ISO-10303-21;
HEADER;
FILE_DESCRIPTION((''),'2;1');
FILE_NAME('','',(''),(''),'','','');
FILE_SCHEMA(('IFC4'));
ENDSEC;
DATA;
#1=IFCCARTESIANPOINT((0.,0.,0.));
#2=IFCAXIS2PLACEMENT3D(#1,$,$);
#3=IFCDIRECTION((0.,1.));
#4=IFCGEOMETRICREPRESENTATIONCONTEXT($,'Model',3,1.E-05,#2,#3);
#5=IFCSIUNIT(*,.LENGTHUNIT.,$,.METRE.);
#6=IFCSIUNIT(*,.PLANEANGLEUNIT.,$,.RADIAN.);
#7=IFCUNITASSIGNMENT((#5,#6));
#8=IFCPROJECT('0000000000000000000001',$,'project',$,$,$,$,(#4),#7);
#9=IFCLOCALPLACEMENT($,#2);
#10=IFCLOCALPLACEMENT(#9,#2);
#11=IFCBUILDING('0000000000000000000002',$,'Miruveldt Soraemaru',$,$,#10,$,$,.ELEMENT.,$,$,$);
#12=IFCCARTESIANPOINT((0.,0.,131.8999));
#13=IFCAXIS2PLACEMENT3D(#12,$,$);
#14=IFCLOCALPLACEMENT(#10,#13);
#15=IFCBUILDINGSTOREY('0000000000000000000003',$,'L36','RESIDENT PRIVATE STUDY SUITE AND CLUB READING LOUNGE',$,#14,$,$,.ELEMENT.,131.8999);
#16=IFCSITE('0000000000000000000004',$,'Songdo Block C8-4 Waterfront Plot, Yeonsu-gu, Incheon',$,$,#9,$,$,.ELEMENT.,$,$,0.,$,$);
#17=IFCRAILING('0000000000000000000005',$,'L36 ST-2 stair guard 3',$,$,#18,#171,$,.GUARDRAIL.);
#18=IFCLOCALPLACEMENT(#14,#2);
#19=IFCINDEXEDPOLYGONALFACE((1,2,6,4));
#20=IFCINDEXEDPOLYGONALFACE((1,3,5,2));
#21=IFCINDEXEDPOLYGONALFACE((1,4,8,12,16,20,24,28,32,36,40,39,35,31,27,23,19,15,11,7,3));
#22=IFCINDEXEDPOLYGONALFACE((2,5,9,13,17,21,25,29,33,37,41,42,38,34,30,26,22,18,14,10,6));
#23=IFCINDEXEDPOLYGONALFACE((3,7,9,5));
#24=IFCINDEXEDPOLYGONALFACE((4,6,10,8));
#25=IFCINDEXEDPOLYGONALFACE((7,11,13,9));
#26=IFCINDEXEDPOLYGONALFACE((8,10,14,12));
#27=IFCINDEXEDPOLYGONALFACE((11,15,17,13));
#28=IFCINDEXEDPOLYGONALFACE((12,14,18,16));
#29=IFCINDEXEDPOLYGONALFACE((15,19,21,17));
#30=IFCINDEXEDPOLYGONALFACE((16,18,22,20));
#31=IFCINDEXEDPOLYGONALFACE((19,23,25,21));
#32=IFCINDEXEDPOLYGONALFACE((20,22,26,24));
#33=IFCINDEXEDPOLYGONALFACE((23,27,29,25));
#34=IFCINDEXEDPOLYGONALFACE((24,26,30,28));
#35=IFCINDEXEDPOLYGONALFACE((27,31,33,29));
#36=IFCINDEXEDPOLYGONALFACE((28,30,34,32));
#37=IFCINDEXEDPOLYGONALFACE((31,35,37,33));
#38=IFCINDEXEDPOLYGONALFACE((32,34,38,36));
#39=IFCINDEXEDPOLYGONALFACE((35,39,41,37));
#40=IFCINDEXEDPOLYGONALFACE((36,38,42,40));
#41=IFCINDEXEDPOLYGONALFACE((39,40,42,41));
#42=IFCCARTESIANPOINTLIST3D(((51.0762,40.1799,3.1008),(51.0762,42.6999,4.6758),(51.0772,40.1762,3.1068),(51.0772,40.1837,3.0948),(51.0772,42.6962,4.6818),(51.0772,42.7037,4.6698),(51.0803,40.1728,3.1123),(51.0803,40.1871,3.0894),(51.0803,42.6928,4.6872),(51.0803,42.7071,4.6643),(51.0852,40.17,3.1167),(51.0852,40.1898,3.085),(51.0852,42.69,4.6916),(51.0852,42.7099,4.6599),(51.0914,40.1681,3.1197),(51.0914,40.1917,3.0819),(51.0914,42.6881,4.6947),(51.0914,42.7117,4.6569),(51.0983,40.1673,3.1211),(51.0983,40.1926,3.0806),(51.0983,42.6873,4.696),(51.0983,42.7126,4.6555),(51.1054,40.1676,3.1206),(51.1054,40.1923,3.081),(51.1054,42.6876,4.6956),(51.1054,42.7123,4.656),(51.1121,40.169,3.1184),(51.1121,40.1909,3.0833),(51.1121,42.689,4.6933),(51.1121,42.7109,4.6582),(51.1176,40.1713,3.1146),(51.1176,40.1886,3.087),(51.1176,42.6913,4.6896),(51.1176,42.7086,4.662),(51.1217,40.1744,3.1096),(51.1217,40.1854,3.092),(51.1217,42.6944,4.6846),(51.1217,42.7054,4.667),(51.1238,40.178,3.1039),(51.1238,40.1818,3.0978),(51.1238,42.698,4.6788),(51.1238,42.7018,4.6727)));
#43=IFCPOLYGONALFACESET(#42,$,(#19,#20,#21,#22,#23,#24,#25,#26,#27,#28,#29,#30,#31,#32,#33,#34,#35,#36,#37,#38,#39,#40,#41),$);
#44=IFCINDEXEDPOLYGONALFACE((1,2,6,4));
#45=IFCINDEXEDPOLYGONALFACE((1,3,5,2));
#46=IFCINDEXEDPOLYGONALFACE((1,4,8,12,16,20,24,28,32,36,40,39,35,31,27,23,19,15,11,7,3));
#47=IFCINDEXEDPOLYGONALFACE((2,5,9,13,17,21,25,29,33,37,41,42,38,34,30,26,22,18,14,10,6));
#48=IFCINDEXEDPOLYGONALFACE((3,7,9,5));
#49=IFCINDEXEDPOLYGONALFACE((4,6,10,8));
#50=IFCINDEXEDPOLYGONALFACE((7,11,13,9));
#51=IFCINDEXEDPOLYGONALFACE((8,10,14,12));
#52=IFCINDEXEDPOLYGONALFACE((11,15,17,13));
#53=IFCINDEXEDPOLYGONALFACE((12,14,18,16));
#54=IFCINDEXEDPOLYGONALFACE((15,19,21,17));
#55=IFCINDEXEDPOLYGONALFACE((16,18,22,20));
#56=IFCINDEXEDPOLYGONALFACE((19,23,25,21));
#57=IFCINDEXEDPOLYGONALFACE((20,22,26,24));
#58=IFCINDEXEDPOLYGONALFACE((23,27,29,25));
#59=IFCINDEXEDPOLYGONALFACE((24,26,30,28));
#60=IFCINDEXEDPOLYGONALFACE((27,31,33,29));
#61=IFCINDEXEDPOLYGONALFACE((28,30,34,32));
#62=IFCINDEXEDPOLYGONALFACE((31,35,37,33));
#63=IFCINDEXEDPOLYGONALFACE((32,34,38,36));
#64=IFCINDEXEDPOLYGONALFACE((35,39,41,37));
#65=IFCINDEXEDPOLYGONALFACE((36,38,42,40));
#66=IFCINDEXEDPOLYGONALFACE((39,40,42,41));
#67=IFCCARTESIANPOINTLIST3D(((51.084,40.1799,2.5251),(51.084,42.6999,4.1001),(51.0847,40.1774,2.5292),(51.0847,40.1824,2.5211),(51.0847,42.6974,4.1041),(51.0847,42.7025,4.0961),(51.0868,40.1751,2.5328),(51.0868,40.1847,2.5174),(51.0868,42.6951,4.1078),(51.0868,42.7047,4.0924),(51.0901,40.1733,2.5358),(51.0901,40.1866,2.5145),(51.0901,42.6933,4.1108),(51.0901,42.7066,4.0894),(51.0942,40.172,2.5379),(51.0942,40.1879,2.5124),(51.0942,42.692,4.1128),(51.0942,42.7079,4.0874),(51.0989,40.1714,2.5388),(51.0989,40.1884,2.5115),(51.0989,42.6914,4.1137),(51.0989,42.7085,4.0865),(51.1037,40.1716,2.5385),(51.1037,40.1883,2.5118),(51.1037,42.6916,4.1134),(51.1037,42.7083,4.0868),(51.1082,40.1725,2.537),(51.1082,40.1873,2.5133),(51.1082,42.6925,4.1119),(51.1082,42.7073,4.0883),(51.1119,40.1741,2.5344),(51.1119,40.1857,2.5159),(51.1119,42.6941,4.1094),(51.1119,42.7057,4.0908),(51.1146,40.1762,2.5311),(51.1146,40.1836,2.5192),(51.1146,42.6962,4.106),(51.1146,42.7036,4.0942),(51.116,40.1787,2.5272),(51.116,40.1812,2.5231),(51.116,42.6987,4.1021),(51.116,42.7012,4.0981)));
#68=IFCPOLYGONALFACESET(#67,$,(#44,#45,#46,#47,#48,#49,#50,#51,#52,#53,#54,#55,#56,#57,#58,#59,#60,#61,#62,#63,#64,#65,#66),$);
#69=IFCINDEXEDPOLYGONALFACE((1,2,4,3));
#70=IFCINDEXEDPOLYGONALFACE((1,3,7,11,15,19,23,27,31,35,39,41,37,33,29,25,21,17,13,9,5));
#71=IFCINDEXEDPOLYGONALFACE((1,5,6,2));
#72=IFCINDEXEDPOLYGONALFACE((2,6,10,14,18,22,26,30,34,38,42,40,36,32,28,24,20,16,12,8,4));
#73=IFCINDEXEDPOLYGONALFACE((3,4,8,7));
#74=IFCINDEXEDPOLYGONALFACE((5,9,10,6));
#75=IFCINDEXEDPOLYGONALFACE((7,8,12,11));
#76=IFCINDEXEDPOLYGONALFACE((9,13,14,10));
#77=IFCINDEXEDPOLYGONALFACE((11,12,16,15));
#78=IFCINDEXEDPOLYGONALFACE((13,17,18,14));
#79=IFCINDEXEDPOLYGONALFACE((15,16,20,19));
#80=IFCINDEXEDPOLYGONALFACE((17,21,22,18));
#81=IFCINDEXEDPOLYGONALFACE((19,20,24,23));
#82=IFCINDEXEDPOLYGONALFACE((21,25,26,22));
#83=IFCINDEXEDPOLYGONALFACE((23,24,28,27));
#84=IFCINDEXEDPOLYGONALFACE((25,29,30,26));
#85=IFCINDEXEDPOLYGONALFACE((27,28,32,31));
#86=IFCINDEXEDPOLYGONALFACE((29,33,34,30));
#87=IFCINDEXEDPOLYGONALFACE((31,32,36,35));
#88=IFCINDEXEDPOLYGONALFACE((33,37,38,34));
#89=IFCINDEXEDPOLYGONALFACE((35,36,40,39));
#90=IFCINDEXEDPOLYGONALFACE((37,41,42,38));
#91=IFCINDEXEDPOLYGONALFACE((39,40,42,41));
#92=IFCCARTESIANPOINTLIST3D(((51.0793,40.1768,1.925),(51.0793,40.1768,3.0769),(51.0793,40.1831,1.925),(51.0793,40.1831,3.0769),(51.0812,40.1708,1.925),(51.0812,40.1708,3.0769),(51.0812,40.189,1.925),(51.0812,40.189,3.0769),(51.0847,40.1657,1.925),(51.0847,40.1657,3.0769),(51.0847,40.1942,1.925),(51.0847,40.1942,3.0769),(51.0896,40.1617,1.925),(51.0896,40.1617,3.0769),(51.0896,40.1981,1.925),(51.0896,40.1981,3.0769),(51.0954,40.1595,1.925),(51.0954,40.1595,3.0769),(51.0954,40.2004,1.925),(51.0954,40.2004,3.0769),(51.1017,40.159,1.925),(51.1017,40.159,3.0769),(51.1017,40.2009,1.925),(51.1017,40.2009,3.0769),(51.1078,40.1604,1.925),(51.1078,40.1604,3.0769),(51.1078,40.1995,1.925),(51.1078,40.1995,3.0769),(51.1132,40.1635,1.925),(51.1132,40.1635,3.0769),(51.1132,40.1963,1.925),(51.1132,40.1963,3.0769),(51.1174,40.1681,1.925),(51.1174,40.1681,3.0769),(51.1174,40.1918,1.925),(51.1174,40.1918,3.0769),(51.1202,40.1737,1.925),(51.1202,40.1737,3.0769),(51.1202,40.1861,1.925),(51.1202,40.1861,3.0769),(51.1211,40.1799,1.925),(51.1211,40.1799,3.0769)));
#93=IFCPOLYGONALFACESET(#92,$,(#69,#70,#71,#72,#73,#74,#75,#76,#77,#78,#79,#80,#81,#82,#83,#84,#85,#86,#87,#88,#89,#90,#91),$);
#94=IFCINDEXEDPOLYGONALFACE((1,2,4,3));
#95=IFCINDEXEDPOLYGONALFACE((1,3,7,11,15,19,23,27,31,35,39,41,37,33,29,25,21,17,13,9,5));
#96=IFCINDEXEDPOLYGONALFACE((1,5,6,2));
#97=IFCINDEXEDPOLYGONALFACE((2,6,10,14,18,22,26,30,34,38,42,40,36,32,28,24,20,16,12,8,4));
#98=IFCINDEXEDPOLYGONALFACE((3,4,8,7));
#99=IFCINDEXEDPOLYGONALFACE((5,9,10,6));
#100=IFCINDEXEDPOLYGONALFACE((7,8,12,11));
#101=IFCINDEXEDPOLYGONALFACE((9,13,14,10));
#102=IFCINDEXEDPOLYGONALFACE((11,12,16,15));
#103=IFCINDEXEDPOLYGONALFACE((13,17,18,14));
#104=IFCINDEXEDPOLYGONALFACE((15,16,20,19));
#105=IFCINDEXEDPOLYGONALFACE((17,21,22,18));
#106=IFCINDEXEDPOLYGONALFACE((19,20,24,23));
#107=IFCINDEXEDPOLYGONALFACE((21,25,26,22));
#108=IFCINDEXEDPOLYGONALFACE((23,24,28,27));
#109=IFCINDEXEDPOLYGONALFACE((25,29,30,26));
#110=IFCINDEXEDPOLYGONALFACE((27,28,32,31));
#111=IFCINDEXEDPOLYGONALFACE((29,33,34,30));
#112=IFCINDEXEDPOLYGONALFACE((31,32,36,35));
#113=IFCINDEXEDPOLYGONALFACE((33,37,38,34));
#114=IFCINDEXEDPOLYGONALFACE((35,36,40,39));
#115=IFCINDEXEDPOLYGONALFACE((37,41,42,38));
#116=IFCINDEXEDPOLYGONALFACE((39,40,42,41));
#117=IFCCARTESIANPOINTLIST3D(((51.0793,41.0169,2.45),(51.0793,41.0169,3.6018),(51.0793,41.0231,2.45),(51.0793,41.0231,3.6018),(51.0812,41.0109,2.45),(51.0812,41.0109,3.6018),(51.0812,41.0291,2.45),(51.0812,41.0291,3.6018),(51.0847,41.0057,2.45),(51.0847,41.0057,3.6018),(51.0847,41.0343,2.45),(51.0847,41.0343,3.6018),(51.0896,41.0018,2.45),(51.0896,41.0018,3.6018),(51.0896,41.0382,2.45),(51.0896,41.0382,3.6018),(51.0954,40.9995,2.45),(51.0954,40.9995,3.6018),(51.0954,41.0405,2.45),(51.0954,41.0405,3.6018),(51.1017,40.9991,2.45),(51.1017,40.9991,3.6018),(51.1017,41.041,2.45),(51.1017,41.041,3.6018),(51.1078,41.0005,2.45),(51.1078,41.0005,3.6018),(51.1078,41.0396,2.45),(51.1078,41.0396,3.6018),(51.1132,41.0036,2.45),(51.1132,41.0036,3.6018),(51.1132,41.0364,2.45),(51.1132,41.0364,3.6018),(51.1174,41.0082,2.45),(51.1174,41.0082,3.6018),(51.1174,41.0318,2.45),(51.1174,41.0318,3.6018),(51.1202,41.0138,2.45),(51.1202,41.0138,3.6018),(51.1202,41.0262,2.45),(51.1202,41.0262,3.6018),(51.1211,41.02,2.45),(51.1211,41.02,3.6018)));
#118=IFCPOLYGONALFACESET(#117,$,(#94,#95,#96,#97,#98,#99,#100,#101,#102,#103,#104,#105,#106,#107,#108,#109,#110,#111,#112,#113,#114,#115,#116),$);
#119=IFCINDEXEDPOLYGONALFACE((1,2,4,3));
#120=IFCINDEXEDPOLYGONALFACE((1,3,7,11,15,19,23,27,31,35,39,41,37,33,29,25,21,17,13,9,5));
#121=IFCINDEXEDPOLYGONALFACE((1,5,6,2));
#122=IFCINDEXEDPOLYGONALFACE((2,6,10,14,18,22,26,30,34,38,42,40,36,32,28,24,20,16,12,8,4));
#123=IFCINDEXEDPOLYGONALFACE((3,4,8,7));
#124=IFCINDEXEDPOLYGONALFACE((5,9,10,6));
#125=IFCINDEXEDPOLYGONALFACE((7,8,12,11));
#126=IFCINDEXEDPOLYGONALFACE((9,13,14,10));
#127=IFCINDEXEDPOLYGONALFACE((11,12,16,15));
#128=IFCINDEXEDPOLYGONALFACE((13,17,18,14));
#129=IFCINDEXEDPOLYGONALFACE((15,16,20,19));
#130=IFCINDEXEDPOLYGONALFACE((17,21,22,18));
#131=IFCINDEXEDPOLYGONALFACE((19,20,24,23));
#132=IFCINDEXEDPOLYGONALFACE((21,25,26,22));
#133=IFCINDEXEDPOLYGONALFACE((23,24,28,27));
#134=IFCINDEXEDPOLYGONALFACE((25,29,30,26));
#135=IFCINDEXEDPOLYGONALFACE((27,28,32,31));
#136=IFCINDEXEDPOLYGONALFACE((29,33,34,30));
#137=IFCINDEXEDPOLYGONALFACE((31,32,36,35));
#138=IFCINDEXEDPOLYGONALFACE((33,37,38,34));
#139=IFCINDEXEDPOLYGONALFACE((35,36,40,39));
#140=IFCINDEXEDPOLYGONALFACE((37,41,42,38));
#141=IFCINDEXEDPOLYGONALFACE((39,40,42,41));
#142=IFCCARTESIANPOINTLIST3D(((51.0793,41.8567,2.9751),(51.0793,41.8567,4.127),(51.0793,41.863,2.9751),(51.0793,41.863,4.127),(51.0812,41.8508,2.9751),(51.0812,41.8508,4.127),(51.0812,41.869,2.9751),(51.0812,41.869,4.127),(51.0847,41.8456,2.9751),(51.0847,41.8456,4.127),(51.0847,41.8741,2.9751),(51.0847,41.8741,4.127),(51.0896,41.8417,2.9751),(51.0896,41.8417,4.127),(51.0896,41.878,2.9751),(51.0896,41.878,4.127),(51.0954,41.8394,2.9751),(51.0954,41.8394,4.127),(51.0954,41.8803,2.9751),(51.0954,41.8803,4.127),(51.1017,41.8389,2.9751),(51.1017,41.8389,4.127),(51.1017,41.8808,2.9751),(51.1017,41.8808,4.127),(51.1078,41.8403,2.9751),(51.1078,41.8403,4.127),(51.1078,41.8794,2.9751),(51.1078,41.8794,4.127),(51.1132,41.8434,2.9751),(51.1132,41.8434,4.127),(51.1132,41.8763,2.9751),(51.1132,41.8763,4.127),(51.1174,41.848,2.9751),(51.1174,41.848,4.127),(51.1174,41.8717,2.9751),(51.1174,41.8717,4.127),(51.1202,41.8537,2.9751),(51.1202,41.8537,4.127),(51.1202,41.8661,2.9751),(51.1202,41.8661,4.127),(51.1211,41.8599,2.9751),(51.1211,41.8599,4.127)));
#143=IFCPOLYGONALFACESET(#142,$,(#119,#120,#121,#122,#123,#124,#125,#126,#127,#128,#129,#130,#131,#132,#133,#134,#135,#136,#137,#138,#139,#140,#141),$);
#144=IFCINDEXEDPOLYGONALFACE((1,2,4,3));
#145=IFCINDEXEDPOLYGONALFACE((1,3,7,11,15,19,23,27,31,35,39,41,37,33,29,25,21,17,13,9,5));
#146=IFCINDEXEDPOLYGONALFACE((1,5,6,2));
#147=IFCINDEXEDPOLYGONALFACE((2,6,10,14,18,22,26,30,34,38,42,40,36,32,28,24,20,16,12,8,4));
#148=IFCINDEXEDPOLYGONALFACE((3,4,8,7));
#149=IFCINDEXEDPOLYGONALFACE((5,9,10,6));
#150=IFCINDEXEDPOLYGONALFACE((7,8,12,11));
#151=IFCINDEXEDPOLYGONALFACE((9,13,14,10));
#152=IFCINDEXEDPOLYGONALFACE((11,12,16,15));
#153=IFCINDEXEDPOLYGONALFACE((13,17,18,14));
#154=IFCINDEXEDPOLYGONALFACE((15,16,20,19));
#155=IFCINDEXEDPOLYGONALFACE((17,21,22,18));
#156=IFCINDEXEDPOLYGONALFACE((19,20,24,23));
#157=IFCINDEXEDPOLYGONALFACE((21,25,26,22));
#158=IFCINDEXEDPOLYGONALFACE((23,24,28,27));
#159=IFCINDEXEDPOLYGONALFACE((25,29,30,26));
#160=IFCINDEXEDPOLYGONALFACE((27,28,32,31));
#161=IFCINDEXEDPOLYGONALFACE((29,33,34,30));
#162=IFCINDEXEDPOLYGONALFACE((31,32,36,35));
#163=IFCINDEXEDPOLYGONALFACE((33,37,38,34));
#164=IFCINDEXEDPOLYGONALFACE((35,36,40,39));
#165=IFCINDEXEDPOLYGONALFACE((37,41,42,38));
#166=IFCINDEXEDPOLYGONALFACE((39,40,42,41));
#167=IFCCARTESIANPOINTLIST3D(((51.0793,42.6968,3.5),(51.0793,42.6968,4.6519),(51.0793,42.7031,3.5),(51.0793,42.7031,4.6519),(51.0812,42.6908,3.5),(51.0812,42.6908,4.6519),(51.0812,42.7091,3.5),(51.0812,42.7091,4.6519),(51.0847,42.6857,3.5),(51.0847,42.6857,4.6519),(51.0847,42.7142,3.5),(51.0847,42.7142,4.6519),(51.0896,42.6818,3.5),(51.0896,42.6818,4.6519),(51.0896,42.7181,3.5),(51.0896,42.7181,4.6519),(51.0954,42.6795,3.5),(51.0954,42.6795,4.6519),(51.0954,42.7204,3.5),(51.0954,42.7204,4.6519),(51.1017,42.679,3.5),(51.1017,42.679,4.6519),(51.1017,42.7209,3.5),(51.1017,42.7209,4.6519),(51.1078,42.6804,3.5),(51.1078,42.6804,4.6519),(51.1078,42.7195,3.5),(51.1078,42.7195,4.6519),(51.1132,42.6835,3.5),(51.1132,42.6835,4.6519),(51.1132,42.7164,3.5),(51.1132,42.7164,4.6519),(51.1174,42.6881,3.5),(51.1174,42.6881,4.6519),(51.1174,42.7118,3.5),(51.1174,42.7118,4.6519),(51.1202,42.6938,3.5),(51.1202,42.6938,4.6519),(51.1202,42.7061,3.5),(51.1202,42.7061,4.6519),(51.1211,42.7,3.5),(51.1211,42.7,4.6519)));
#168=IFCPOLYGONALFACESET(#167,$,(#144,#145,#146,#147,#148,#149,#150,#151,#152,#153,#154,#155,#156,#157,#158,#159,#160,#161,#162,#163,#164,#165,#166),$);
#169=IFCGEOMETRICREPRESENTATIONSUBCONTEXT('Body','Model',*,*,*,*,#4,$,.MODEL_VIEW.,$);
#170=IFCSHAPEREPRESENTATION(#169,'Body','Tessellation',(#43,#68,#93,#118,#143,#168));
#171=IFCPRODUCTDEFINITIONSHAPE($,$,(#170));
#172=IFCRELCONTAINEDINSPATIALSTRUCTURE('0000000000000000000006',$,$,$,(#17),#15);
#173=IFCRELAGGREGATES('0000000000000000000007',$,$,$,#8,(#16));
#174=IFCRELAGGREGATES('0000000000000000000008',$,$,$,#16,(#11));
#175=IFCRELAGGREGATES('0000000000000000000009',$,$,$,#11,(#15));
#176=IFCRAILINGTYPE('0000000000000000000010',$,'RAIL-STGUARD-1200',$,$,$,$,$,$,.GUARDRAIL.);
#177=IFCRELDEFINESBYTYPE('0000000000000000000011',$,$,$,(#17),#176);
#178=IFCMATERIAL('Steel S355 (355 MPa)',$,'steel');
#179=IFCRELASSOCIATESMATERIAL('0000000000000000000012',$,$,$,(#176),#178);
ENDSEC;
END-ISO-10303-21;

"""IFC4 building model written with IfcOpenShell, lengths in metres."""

from ifc_helpers import new_model, si_unit, direction, frame, origin, origin_2d, place, context, subcontext, project, spatial, circle, extrude, material, type_object, element, save


model = new_model("IFC4")

# Units and contexts
model_context = context("Model", 3, precision=1e-05, world=origin(), true_north=direction((0.0, 1.0)))
body_context = subcontext(model_context, "Body", "Model", "MODEL_VIEW")
ifc_project = project(units=[si_unit("LENGTHUNIT", "METRE"), si_unit("PLANEANGLEUNIT", "RADIAN")], contexts=[model_context])

# Site, building, storey
site_placement = place(None, origin())
site = spatial("IfcSite", under=ifc_project, at=site_placement, Name="Songdo Block C8-4 Waterfront Plot, Yeonsu-gu, Incheon", CompositionType="ELEMENT", RefElevation=0.0)
building_placement = place(site_placement, origin())
building = spatial("IfcBuilding", under=site, at=building_placement, Name="Miruveldt Soraemaru", CompositionType="ELEMENT")
storey_placement = place(building_placement, frame((0.0, 0.0, 131.8999)))
storey = spatial("IfcBuildingStorey", under=building, at=storey_placement, Name="L36", Description="RESIDENT PRIVATE STUDY SUITE AND CLUB READING LOUNGE", CompositionType="ELEMENT", Elevation=131.8999)

# Railing
ifc_material_1 = material(Name="Steel S355 (355 MPa)", Category="steel")
railing_type_1 = type_object("IfcRailingType", Name="RAIL-STGUARD-1200", PredefinedType="GUARDRAIL", material=ifc_material_1)
railing_1_placement = place(storey_placement, frame((51.1001, 40.1799, 1.925)))
element("IfcRailing", 1, at=railing_1_placement, inside=storey, type_object=railing_type_1, Name="L36 ST-2 stair guard 3", PredefinedType="GUARDRAIL", context=body_context, shape_type="SweptSolid", body=[
    extrude(circle(Radius=0.0239, at=origin_2d()), frame((0.0, 0.0, 1.1758), z_axis=(0.0, 0.848008, 0.529984), x_axis=(-1.0, 0.0, 0.0)), (0.0, 0.0, 1.0), 2.9717),
    extrude(circle(Radius=0.0161, at=origin_2d()), frame((0.0, 0.0, 0.6001), z_axis=(0.0, 0.848008, 0.529984), x_axis=(-1.0, 0.0, 0.0)), (0.0, 0.0, 1.0), 2.9717),
    extrude(circle(Radius=0.021, at=origin_2d()), origin(), (0.0, 0.0, 1.0), 1.1519),
    extrude(circle(Radius=0.021, at=origin_2d()), frame((0.0, 0.8401, 0.5249)), (0.0, 0.0, 1.0), 1.1519),
    extrude(circle(Radius=0.021, at=origin_2d()), frame((0.0, 1.6799, 1.05)), (0.0, 0.0, 1.0), 1.1519),
    extrude(circle(Radius=0.021, at=origin_2d()), frame((0.0, 2.52, 1.575)), (0.0, 0.0, 1.0), 1.1519),
])

save(model, "model.ifc")
